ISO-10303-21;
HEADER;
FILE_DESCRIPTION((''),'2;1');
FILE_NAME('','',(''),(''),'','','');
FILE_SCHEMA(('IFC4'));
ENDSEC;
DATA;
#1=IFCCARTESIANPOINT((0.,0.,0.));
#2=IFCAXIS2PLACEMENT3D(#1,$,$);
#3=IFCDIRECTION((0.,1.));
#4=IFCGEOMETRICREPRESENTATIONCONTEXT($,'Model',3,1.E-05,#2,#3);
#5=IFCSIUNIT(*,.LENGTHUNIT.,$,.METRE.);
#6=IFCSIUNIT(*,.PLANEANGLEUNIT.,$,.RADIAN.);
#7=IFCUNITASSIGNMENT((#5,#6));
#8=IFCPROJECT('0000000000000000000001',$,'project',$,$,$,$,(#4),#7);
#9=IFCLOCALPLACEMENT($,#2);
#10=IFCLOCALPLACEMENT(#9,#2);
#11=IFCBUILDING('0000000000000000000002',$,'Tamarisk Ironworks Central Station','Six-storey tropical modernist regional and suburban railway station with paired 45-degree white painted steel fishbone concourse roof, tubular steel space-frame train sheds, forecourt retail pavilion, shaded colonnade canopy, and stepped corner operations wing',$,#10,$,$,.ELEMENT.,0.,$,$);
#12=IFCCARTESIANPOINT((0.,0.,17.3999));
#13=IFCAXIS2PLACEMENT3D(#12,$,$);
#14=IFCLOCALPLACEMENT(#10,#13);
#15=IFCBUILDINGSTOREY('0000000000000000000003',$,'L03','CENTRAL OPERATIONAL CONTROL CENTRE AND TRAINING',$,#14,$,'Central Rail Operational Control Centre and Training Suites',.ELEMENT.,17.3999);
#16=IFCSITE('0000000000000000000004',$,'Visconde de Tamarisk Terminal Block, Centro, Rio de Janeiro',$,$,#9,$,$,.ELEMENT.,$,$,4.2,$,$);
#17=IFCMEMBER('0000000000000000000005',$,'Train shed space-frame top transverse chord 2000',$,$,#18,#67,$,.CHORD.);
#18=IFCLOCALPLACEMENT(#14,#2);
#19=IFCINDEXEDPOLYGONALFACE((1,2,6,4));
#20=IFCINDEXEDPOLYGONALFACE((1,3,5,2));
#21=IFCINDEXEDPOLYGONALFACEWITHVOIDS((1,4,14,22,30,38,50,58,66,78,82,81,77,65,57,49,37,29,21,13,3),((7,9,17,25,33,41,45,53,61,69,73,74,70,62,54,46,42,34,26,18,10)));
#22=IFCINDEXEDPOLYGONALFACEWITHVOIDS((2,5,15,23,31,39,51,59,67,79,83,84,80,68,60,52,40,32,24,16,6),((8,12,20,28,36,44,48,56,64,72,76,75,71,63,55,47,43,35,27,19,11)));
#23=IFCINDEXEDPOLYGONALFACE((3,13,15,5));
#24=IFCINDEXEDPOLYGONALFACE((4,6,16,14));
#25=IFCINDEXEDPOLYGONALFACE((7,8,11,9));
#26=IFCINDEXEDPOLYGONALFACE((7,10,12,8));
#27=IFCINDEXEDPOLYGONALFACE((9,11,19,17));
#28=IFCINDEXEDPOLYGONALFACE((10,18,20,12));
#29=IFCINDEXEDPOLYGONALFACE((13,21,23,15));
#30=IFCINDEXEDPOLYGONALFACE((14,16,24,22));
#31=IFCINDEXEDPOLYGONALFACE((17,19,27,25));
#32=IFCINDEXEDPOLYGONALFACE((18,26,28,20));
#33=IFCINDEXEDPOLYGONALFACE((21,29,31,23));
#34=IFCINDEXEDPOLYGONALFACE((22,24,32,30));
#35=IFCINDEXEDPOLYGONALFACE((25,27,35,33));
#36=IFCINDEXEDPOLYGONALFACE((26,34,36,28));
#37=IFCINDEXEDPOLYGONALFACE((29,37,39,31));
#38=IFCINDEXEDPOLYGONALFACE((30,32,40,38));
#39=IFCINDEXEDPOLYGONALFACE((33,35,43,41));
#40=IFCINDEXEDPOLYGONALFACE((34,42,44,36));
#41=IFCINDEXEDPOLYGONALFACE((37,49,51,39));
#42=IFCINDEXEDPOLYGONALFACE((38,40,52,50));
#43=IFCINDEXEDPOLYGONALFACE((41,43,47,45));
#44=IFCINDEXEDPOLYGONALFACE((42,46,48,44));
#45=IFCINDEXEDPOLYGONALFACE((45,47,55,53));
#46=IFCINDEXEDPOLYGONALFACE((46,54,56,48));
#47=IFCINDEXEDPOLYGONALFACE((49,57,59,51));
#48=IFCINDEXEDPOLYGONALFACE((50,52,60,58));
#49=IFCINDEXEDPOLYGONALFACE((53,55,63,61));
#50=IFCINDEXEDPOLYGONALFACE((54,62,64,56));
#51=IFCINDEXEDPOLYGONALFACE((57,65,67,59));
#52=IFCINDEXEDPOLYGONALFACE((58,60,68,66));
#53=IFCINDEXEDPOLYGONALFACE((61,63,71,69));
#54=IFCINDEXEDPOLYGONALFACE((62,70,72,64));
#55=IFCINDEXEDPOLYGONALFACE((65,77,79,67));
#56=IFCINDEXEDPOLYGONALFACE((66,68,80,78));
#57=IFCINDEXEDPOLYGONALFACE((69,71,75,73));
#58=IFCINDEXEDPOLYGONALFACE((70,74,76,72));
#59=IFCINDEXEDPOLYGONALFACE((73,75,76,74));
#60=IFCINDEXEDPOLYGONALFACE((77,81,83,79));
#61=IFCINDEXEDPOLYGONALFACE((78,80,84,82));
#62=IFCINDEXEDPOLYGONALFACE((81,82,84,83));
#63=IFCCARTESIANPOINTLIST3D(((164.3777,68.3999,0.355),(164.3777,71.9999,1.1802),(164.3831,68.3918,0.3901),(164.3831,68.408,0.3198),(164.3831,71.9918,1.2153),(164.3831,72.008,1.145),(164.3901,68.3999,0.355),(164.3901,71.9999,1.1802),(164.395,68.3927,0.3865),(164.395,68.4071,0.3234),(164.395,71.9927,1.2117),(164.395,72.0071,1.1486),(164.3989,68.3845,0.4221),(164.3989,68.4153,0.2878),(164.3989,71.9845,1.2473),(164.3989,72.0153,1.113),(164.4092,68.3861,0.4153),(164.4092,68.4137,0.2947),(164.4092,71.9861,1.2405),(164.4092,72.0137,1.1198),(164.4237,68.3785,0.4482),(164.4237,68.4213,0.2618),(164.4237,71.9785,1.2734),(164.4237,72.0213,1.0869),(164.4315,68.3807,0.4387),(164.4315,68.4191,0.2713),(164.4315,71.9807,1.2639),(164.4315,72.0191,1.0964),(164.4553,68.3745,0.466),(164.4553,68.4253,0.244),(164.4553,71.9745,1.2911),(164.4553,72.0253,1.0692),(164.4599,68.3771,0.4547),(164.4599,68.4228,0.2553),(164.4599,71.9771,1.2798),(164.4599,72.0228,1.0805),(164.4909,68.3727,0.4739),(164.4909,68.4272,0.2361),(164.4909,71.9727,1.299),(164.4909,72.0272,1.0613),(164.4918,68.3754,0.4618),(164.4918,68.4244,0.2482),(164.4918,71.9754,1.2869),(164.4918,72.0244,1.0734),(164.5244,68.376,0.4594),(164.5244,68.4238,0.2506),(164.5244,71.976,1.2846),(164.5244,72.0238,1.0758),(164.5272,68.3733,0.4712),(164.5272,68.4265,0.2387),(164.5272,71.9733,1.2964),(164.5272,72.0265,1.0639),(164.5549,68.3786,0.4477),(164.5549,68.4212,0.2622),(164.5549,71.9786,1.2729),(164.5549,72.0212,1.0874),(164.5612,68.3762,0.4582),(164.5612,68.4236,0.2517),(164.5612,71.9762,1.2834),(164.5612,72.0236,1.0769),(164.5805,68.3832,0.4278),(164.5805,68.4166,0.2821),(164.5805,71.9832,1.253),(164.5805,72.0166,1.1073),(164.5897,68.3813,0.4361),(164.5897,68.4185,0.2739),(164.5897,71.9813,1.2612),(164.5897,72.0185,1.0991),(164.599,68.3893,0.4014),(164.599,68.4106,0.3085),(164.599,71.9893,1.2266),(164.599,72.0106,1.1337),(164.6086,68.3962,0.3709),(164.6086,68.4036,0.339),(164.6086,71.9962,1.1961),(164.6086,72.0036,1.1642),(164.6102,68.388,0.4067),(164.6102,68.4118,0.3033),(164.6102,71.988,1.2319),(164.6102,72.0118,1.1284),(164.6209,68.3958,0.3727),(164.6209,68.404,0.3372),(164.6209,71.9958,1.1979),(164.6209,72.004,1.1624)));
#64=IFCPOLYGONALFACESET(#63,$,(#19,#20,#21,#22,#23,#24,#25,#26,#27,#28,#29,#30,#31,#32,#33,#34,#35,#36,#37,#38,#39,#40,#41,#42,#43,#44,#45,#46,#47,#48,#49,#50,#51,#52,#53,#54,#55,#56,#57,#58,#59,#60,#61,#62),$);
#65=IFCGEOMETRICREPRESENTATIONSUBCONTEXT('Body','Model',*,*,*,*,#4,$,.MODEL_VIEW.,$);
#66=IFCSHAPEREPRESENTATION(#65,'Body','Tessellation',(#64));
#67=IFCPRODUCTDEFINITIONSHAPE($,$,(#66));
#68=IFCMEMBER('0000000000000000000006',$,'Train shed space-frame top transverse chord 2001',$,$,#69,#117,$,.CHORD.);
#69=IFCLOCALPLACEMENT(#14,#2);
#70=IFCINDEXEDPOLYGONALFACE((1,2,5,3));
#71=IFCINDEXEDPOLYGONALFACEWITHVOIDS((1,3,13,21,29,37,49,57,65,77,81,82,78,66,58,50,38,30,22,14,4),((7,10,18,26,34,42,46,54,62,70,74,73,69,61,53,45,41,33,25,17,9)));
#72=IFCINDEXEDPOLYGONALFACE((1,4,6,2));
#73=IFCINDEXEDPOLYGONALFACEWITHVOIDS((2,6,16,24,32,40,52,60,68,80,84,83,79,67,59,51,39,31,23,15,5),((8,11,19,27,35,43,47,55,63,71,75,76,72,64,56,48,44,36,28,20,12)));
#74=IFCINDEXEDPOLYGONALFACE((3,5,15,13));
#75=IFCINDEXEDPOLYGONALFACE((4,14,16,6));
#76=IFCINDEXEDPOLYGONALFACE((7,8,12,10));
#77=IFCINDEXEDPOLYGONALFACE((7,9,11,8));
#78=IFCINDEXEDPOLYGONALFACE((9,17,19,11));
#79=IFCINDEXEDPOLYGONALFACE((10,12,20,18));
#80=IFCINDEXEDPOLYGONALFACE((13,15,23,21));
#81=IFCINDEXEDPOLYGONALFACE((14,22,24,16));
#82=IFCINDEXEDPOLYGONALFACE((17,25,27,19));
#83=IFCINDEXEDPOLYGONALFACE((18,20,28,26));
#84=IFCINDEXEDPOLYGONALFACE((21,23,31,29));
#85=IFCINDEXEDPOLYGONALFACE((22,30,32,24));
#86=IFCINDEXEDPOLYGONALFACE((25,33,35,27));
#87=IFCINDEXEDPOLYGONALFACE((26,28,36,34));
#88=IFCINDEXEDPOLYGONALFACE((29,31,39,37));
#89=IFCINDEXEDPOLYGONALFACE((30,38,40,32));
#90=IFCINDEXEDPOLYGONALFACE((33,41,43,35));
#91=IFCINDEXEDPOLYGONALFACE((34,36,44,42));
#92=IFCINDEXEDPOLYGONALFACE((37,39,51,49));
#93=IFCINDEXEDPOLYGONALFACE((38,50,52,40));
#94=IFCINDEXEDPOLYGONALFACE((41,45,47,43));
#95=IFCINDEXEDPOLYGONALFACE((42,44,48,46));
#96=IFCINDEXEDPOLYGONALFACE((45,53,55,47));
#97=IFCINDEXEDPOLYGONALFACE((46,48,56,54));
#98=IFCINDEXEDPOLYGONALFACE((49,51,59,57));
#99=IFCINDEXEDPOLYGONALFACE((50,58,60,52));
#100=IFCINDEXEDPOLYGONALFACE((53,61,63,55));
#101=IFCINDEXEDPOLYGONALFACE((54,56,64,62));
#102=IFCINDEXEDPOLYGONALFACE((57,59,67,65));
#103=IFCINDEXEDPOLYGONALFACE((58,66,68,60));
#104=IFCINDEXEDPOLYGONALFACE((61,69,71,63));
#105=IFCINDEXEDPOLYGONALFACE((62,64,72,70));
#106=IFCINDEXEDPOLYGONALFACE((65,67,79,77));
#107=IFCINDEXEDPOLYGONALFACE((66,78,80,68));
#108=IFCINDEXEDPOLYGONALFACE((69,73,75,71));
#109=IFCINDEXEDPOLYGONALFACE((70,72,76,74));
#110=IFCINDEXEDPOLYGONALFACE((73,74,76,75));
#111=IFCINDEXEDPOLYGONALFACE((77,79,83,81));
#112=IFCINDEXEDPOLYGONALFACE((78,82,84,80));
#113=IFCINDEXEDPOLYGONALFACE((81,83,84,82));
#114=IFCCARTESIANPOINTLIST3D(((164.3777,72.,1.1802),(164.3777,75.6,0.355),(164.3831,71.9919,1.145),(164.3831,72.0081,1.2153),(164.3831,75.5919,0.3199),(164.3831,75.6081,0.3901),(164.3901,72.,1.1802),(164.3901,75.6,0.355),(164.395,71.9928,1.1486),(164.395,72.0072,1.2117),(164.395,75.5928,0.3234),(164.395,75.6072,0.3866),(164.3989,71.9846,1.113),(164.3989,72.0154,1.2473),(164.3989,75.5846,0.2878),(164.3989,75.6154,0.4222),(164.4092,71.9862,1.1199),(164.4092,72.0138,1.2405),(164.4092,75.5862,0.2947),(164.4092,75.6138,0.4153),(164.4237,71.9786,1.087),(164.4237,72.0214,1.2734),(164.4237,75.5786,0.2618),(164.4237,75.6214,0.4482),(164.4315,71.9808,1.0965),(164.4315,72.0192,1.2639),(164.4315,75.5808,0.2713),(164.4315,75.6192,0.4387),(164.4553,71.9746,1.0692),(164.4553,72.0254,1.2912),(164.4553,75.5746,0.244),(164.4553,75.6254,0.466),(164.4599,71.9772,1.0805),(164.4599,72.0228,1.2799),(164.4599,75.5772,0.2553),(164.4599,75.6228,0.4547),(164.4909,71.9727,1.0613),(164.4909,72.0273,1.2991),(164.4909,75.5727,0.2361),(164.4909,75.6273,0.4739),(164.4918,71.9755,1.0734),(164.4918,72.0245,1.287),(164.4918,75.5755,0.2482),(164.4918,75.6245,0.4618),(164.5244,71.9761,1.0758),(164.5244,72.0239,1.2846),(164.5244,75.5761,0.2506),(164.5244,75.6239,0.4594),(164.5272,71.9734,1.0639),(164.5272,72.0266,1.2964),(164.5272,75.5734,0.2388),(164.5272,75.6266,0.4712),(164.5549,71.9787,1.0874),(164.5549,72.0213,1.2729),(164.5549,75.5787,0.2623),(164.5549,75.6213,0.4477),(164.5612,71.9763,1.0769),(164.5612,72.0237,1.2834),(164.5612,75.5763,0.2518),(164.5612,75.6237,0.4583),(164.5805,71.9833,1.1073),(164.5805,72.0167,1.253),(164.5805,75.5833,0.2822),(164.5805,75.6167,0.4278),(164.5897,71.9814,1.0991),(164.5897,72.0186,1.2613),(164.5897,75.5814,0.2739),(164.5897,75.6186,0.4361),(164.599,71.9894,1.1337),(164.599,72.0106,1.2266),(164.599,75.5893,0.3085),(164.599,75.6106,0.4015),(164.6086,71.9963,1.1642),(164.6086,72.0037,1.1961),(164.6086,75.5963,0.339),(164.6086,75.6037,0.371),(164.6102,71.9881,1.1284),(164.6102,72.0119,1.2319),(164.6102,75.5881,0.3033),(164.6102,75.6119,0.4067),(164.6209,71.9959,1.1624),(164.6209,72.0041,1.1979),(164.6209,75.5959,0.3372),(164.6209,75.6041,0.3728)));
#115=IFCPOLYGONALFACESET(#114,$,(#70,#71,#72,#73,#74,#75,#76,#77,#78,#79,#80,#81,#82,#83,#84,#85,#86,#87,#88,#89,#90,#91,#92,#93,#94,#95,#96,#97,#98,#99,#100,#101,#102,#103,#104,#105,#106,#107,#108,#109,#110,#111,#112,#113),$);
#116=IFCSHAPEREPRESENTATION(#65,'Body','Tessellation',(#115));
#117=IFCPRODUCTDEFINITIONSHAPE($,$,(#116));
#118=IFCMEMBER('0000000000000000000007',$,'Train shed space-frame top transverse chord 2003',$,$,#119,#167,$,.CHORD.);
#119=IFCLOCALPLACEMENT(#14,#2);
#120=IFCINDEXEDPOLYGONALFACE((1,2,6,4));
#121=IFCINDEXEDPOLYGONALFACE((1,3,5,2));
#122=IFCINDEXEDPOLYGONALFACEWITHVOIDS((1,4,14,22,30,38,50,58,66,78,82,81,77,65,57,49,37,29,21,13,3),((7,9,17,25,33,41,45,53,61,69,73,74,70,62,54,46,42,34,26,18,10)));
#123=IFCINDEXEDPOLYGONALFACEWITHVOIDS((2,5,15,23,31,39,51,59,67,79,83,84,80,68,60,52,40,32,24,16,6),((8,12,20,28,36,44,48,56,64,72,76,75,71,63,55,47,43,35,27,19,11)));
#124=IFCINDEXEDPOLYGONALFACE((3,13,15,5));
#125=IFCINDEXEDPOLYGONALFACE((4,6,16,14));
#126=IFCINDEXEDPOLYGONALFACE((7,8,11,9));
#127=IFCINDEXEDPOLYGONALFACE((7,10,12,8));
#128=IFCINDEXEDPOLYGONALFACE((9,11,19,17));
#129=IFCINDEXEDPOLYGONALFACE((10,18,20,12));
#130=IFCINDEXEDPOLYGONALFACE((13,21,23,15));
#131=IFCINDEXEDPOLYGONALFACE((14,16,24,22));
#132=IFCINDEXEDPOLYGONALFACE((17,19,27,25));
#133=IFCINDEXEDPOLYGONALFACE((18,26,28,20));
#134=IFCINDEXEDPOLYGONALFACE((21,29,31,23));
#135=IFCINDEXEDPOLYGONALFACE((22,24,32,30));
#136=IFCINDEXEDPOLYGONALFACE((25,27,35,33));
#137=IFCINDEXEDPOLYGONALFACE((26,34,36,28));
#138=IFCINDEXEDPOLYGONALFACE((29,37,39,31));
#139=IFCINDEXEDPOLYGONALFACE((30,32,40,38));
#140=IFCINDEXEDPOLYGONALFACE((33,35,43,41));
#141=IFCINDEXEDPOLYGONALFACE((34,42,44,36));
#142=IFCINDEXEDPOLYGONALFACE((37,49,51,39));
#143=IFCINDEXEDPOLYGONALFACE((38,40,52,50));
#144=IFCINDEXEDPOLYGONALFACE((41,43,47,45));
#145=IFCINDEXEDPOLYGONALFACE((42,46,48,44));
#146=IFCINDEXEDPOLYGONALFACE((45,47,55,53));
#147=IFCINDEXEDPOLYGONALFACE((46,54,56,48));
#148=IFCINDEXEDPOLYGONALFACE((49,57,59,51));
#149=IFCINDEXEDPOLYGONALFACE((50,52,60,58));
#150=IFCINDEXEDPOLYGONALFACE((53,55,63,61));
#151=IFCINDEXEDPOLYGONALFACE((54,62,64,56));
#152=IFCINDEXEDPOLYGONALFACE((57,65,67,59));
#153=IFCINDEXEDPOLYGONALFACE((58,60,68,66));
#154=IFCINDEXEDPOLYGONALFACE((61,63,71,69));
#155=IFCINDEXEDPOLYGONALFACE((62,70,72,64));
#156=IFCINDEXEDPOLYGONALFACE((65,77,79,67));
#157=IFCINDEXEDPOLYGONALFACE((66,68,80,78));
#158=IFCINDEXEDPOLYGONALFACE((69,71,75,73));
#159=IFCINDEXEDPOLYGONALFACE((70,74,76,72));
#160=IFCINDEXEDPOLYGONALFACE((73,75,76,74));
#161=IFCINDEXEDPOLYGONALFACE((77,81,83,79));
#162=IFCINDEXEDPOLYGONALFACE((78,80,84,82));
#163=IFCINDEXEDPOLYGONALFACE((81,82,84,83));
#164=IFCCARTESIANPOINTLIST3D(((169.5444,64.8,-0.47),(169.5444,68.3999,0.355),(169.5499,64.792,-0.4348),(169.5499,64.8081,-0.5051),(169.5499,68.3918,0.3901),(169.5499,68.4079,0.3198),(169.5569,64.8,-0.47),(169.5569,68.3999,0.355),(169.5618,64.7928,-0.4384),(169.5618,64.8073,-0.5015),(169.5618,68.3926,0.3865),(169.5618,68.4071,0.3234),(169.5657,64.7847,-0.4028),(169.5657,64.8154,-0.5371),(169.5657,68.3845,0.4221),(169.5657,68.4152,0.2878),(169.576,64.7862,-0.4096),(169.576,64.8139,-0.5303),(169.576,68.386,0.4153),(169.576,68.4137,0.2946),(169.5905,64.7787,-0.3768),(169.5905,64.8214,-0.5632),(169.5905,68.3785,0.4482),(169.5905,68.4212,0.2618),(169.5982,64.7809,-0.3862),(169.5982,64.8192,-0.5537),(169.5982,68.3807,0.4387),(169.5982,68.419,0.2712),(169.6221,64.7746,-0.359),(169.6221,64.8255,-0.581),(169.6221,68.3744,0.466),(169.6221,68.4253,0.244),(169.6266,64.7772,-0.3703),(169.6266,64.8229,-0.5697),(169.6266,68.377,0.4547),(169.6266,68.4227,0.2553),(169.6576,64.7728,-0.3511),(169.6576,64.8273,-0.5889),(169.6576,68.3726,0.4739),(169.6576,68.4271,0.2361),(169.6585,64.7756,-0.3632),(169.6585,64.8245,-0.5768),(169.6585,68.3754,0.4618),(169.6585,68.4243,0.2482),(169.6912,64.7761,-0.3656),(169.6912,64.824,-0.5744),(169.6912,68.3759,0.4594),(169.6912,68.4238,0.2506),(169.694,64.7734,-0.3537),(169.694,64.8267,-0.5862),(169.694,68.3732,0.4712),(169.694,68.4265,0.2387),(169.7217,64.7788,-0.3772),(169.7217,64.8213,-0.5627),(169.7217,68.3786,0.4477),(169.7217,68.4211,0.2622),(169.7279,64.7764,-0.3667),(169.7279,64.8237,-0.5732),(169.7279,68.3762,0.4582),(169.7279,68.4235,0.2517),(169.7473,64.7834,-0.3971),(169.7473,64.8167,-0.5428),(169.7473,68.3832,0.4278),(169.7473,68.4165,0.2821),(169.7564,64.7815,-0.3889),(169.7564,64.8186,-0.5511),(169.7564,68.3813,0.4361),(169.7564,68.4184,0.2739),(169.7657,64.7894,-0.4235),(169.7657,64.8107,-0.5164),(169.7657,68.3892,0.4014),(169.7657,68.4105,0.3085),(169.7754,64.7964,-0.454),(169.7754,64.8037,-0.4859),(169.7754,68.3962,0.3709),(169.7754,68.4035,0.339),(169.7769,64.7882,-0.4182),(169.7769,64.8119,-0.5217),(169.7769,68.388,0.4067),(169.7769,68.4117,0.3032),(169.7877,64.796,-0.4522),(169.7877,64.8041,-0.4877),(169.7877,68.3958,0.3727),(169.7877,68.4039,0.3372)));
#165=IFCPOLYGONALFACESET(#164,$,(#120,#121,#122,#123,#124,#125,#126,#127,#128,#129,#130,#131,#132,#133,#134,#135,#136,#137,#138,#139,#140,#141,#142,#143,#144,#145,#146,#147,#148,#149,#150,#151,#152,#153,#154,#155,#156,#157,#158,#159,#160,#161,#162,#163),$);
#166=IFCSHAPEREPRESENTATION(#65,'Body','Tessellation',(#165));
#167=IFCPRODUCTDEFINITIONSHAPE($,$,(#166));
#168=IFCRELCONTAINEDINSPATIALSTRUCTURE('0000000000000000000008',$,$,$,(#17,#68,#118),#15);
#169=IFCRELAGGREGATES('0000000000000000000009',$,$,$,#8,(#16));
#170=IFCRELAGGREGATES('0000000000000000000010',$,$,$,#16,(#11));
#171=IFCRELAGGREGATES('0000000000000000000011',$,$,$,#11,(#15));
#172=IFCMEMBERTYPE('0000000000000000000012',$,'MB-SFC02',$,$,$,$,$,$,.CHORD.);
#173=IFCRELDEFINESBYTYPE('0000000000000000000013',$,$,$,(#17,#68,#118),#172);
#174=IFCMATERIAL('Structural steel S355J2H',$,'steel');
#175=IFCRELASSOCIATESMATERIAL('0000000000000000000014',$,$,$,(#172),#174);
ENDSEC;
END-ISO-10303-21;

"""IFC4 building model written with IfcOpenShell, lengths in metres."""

from ifc_helpers import new_model, si_unit, direction, frame, origin, origin_2d, place, context, subcontext, project, spatial, hollow_circle, extrude, material, material_profile, profile_set, type_object, element, save


model = new_model("IFC4")

# Units and contexts
model_context = context("Model", 3, precision=1e-05, world=origin(), true_north=direction((0.0, 1.0)))
body_context = subcontext(model_context, "Body", "Model", "MODEL_VIEW")
ifc_project = project(units=[si_unit("LENGTHUNIT", "METRE"), si_unit("PLANEANGLEUNIT", "RADIAN")], contexts=[model_context])

# Site, building, storey
site_placement = place(None, origin())
site = spatial("IfcSite", under=ifc_project, at=site_placement, Name="Visconde de Tamarisk Terminal Block, Centro, Rio de Janeiro", CompositionType="ELEMENT", RefElevation=4.2)
building_placement = place(site_placement, origin())
building = spatial("IfcBuilding", under=site, at=building_placement, Name="Tamarisk Ironworks Central Station", Description="Six-storey tropical modernist regional and suburban railway station with paired 45-degree white painted steel fishbone concourse roof, tubular steel space-frame train sheds, forecourt retail pavilion, shaded colonnade canopy, and stepped corner operations wing", CompositionType="ELEMENT", ElevationOfRefHeight=0.0)
storey_placement = place(building_placement, frame((0.0, 0.0, 17.3999)))
storey = spatial("IfcBuildingStorey", under=building, at=storey_placement, Name="L03", Description="CENTRAL OPERATIONAL CONTROL CENTRE AND TRAINING", LongName="Central Rail Operational Control Centre and Training Suites", CompositionType="ELEMENT", Elevation=17.3999)

# Members
ifc_material_1 = material(Name="Structural steel S355J2H", Category="steel")
ifc_material_profile_1 = material_profile(ifc_material_1, hollow_circle(Radius=0.1223, WallThickness=0.0125, at=origin_2d()), Name="CHS 244.5x12.5")
ifc_profile_set_1 = profile_set([ifc_material_profile_1], Name="Structural steel S355J2H")
member_type_1 = type_object("IfcMemberType", Name="MB-SFC02", PredefinedType="CHORD", material=ifc_profile_set_1)
for number, where, z_axis, x_axis, name in (
    (1, (164.5, 68.3999, 0.355), (0.0, 0.974722, 0.223421), (-1.0, 0.0, 0.0), "Train shed space-frame top transverse chord 2000"),
    (2, (164.5, 72.0, 1.1802), (0.0, 0.974722, -0.223421), (-1.0, 0.0, 0.0), "Train shed space-frame top transverse chord 2001"),
):
    element("IfcMember", number, at=place(storey_placement, frame(where, z_axis=z_axis, x_axis=x_axis)), inside=storey, type_object=member_type_1, Name=name, PredefinedType="CHORD", context=body_context, shape_type="SweptSolid", body=[
        extrude(hollow_circle(Radius=0.1223, WallThickness=0.0125, at=origin_2d()), origin(), (0.0, 0.0, 1.0), 3.6934),
    ])
member_1_placement = place(storey_placement, frame((169.6667, 64.8, -0.47), z_axis=(0.0, 0.974733, 0.223372), x_axis=(-1.0, 0.0, 0.0)))
element("IfcMember", 3, at=member_1_placement, inside=storey, type_object=member_type_1, Name="Train shed space-frame top transverse chord 2003", PredefinedType="CHORD", context=body_context, shape_type="SweptSolid", body=[
    extrude(hollow_circle(Radius=0.1223, WallThickness=0.0125, at=origin_2d()), origin(), (0.0, 0.0, 1.0), 3.6931),
])

save(model, "model.ifc")
